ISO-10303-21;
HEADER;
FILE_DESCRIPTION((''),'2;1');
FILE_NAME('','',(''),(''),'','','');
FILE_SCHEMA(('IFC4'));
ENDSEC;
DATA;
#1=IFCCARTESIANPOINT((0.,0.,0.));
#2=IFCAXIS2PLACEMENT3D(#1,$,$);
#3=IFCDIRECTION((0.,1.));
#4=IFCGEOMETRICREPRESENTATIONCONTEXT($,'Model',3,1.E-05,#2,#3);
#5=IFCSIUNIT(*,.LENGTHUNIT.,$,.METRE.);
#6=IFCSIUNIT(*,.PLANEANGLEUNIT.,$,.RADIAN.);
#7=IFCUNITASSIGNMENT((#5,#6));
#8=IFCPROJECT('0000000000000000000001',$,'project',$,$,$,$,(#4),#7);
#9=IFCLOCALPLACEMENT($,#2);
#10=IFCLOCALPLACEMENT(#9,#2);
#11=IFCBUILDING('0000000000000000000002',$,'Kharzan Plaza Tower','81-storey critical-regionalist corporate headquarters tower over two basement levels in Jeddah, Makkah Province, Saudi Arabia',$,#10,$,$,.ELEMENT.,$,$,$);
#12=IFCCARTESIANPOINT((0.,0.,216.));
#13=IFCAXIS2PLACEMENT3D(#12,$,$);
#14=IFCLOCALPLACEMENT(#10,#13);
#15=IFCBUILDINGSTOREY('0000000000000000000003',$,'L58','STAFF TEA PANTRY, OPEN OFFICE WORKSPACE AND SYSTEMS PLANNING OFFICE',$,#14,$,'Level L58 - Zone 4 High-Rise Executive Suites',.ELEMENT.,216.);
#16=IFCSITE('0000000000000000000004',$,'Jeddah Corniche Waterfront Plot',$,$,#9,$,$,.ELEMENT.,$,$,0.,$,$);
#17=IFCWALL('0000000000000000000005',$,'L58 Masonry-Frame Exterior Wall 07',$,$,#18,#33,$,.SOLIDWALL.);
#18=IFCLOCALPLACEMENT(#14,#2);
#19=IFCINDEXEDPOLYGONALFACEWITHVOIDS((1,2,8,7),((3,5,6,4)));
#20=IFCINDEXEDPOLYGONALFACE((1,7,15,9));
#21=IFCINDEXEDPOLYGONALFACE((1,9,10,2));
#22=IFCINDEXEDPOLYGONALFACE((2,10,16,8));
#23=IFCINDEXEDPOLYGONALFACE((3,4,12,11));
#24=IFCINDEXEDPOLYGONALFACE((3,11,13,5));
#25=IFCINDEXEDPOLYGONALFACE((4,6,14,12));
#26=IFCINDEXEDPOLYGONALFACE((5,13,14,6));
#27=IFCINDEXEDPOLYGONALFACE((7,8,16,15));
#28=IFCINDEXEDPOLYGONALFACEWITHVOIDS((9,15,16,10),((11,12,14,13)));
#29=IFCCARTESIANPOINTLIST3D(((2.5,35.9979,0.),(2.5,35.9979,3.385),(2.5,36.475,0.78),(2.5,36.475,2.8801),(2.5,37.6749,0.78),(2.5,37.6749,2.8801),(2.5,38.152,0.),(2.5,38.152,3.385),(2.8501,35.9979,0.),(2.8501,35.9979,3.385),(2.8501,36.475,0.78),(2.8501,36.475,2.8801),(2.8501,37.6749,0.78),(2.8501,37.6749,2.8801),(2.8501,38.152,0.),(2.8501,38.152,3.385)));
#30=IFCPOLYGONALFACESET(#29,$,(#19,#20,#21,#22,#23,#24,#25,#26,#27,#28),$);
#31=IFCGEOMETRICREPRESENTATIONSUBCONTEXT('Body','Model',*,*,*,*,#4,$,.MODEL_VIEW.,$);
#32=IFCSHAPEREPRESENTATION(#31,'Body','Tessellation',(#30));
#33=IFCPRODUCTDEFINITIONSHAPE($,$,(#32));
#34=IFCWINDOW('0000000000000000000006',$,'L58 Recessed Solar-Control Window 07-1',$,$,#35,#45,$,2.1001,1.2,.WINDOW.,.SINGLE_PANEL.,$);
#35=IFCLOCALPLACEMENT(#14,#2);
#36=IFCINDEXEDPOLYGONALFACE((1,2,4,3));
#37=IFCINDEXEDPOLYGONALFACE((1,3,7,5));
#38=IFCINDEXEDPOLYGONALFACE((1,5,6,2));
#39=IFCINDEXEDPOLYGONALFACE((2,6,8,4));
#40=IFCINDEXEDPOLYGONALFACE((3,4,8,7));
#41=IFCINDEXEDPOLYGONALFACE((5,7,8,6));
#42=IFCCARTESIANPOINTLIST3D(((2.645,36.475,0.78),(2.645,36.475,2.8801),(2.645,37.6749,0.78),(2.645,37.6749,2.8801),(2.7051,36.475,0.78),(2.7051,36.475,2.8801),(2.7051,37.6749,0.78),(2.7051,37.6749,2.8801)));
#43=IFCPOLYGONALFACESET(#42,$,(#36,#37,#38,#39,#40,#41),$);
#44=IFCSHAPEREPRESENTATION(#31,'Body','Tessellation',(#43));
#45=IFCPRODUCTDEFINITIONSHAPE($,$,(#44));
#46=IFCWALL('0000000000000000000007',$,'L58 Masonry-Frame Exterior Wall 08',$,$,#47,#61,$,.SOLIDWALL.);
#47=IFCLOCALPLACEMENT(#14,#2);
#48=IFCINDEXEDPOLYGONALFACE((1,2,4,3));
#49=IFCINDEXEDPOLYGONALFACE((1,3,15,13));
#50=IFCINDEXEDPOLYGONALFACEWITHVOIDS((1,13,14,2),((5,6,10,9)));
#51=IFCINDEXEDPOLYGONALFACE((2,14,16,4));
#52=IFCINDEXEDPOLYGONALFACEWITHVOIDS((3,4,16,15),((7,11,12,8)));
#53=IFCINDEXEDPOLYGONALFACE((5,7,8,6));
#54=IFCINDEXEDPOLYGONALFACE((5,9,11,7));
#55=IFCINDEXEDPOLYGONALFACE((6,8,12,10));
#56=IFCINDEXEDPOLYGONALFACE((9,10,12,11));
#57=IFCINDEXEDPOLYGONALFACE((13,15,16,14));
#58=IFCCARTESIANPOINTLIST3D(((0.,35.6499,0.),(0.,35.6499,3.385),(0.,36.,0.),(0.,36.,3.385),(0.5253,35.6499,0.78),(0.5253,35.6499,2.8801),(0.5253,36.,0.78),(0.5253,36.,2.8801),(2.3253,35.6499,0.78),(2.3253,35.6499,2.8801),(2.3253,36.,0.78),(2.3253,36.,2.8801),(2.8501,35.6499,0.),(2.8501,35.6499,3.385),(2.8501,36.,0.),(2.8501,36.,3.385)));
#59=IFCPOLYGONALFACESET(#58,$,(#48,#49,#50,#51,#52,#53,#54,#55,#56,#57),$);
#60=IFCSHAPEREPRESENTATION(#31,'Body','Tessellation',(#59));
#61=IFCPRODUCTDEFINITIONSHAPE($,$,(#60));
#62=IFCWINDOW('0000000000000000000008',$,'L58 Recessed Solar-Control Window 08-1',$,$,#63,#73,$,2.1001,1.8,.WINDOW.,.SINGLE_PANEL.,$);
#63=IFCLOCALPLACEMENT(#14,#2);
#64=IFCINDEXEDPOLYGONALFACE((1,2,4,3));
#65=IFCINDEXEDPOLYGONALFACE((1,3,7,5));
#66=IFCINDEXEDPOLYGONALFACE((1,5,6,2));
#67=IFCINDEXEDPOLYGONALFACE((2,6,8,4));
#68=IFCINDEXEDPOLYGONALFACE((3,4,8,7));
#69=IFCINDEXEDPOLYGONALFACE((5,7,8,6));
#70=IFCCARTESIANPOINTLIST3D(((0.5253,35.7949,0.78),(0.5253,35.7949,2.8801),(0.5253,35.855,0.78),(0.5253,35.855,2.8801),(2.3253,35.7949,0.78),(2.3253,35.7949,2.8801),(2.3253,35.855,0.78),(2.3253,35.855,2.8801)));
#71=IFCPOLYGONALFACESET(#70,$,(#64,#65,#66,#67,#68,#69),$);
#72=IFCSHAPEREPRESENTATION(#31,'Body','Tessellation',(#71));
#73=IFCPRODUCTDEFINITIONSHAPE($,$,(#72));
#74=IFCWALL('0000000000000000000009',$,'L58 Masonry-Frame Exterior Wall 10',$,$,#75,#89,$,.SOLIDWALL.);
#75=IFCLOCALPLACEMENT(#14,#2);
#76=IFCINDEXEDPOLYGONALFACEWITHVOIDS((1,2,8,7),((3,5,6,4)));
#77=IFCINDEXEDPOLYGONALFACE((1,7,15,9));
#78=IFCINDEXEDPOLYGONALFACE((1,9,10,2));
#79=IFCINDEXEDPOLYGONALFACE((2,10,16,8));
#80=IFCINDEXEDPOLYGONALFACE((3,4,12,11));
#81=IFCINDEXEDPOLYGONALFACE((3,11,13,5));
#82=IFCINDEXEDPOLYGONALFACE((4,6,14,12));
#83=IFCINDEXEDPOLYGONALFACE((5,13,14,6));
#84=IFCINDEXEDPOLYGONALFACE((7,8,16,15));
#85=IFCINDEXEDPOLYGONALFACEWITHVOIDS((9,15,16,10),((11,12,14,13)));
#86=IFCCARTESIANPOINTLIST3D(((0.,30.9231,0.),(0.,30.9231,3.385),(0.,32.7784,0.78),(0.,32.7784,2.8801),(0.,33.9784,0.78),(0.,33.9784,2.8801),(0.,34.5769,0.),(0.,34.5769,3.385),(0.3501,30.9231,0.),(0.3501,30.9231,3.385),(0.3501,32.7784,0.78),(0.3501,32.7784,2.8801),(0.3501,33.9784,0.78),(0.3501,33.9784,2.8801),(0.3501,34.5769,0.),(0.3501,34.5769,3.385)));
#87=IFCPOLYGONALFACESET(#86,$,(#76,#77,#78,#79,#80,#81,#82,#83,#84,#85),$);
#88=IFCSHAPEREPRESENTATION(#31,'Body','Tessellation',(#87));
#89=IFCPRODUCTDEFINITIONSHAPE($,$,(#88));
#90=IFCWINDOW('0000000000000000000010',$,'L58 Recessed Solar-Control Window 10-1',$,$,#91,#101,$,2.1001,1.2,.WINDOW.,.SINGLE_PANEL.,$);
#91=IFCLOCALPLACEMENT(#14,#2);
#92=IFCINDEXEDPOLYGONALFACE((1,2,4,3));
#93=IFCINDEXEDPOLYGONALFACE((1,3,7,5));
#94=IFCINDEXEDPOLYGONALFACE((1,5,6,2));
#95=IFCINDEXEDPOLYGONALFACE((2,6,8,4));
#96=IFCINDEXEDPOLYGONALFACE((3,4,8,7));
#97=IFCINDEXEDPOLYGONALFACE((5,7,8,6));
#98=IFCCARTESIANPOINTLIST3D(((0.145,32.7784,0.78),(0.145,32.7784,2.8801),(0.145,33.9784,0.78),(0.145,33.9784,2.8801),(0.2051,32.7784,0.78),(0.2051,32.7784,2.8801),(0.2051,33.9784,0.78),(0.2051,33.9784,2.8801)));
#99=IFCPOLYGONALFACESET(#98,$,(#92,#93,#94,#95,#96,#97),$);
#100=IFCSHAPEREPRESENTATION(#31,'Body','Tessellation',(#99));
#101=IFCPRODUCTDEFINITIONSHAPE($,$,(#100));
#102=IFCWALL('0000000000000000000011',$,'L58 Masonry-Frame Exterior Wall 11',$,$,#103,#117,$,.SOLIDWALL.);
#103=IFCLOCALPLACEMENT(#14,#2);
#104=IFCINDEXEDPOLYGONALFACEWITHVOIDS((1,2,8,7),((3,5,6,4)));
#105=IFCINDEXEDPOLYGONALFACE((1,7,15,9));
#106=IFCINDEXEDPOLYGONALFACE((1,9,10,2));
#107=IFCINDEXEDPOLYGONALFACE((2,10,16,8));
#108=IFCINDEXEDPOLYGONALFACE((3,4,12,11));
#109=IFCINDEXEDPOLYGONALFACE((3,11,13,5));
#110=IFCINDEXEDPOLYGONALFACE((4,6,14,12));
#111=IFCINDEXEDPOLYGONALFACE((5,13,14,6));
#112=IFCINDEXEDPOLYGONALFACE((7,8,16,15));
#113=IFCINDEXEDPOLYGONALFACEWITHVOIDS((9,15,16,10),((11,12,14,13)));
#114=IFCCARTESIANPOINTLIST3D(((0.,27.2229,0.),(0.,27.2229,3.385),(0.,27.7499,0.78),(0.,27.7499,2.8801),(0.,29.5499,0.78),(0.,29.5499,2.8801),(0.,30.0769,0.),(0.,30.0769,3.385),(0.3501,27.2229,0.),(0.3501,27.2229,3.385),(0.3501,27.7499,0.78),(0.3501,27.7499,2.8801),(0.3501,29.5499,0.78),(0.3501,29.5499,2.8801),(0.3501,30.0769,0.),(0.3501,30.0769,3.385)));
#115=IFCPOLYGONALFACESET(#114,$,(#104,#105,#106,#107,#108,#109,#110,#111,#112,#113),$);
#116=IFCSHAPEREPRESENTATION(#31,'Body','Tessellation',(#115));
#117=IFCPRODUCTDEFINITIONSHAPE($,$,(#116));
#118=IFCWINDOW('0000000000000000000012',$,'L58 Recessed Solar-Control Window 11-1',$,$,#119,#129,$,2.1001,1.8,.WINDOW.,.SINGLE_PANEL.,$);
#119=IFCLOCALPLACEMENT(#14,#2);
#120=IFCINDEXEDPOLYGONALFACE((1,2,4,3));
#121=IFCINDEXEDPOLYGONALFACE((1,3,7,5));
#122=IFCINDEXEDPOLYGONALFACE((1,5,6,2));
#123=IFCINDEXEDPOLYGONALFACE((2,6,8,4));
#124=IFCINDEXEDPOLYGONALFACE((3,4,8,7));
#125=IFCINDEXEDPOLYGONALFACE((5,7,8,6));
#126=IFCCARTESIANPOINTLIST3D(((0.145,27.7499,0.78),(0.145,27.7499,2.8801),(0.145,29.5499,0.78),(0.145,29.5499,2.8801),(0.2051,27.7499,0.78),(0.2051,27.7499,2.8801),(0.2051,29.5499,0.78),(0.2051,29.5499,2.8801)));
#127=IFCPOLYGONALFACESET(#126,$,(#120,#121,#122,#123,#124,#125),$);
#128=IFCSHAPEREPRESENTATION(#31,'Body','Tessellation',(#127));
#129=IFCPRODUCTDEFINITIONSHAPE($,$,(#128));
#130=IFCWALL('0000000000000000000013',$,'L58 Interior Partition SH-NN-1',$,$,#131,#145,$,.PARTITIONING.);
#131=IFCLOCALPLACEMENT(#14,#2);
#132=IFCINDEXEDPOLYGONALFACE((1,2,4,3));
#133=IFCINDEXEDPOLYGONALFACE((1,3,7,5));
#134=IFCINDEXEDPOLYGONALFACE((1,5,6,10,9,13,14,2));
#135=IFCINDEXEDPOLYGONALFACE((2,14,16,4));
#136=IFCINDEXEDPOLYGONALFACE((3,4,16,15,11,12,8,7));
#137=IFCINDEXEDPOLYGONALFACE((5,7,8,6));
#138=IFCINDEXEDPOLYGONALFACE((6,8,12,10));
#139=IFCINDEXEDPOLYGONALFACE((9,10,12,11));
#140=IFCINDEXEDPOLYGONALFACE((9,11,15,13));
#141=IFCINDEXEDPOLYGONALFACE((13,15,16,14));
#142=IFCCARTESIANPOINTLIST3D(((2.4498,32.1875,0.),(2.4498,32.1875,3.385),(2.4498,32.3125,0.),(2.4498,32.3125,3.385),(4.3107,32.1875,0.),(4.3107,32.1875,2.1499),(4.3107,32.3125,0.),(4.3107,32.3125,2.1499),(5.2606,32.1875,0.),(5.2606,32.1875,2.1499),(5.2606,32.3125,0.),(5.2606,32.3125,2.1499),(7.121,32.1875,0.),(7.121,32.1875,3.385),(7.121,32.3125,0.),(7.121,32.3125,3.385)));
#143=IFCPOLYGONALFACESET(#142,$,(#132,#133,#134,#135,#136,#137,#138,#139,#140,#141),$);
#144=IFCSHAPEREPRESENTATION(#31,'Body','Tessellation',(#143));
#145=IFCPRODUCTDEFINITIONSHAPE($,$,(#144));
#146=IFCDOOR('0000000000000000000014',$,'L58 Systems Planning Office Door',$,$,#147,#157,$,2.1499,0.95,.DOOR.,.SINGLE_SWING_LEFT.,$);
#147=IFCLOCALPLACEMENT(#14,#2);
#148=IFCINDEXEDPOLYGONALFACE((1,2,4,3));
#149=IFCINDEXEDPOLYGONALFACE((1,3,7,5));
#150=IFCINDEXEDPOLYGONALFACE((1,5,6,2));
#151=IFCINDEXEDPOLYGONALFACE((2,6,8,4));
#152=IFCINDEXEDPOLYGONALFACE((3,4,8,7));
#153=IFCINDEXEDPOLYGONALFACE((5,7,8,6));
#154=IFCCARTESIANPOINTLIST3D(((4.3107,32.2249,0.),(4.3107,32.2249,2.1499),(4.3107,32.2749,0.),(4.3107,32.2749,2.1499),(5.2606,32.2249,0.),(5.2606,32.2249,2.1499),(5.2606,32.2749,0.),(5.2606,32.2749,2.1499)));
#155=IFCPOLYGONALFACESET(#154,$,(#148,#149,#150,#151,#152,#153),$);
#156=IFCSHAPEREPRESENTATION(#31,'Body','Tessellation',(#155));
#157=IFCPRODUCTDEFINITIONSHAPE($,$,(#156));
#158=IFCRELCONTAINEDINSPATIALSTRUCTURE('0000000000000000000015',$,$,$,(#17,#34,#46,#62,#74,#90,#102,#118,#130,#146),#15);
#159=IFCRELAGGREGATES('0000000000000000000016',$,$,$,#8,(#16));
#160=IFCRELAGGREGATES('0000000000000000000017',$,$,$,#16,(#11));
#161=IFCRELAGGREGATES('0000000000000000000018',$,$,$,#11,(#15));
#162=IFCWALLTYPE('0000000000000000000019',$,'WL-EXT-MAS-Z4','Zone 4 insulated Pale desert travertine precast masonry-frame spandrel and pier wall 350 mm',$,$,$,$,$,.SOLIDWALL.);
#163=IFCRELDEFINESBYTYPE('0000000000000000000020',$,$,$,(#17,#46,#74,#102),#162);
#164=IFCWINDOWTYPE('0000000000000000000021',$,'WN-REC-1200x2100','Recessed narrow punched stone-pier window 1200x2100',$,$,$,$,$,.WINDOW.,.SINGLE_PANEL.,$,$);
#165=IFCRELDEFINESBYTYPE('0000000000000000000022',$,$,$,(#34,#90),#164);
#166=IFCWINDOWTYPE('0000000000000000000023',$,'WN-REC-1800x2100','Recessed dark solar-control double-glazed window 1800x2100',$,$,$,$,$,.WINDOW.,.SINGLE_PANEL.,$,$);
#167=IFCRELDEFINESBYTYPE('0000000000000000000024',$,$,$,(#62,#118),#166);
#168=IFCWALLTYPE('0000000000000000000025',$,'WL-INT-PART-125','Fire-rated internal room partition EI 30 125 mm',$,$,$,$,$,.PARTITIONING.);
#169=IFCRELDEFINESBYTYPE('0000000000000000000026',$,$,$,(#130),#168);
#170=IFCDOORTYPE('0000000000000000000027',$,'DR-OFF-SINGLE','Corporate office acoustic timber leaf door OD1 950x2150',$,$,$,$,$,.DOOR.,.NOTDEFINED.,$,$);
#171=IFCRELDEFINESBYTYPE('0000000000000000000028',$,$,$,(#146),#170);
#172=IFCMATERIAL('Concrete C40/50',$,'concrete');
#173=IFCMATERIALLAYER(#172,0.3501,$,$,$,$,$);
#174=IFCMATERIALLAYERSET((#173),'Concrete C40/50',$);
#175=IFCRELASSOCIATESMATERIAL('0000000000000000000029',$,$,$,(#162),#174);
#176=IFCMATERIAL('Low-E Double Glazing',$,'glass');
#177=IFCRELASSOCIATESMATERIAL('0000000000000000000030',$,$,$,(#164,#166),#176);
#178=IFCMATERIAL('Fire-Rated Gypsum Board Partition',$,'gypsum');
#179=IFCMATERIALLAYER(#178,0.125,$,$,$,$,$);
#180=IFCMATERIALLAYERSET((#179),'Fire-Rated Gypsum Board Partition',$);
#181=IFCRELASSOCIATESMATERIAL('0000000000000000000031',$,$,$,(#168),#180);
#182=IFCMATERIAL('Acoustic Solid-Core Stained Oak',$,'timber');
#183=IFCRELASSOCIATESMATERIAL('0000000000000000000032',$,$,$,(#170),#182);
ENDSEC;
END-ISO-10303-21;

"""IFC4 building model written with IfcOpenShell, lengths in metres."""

from ifc_helpers import new_model, si_unit, direction, frame, frame_2d, origin, place, context, subcontext, project, spatial, rectangle, extrude, source, transform, mapped, material, layer, layer_set, type_object, element, fill, save


model = new_model("IFC4")

# Units and contexts
model_context = context("Model", 3, precision=1e-05, world=origin(), true_north=direction((0.0, 1.0)))
body_context = subcontext(model_context, "Body", "Model", "MODEL_VIEW")
ifc_project = project(units=[si_unit("LENGTHUNIT", "METRE"), si_unit("PLANEANGLEUNIT", "RADIAN")], contexts=[model_context])

# Site, building, storey
site_placement = place(None, origin())
site = spatial("IfcSite", under=ifc_project, at=site_placement, Name="Jeddah Corniche Waterfront Plot", CompositionType="ELEMENT", RefElevation=0.0)
building_placement = place(site_placement, origin())
building = spatial("IfcBuilding", under=site, at=building_placement, Name="Kharzan Plaza Tower", Description="81-storey critical-regionalist corporate headquarters tower over two basement levels in Jeddah, Makkah Province, Saudi Arabia", CompositionType="ELEMENT")
storey_placement = place(building_placement, frame((0.0, 0.0, 216.0)))
storey = spatial("IfcBuildingStorey", under=building, at=storey_placement, Name="L58", Description="STAFF TEA PANTRY, OPEN OFFICE WORKSPACE AND SYSTEMS PLANNING OFFICE", LongName="Level L58 - Zone 4 High-Rise Executive Suites", CompositionType="ELEMENT", Elevation=216.0)

# Walls, openings, windows
ifc_material_1 = material(Name="Concrete C40/50", Category="concrete")
ifc_layer_1 = layer(ifc_material_1, 0.3501)
ifc_layer_set_1 = layer_set([ifc_layer_1], Name="Concrete C40/50")
wall_type_1 = type_object("IfcWallType", Name="WL-EXT-MAS-Z4", Description="Zone 4 insulated Pale desert travertine precast masonry-frame spandrel and pier wall 350 mm", PredefinedType="SOLIDWALL", material=ifc_layer_set_1)
wall_1_placement = place(storey_placement, frame((2.675, 38.1521, 0.0), z_axis=(0.0, 0.0, 1.0), x_axis=(0.0, -1.0, 0.0)))
wall_1 = element("IfcWall", 1, at=wall_1_placement, inside=storey, type_object=wall_type_1, Name="L58 Masonry-Frame Exterior Wall 07", PredefinedType="SOLIDWALL", context=body_context, shape_type="SweptSolid", body=[
    extrude(rectangle(XDim=2.1541, YDim=0.3501, at=frame_2d((1.0771, 0.0))), origin(), (0.0, 0.0, 1.0), 3.385),
])
opening_1_placement = place(wall_1_placement, frame((0.4771, 0.0, 0.78)))
opening_1 = element("IfcOpeningElement", 2, at=opening_1_placement, cuts=wall_1, PredefinedType="OPENING", context=body_context, shape_type="SweptSolid", body=[
    extrude(rectangle(XDim=1.2, YDim=2.1001, at=frame_2d((0.6001, 1.05))), frame((0.0, 0.1851, 0.0), z_axis=(0.0, -1.0, 0.0), x_axis=(1.0, 0.0, 0.0)), (0.0, 0.0, 1.0), 0.3701),
])
ifc_material_2 = material(Name="Low-E Double Glazing", Category="glass")
window_type_1 = type_object("IfcWindowType", Name="WN-REC-1200x2100", Description="Recessed narrow punched stone-pier window 1200x2100", PartitioningType="SINGLE_PANEL", PredefinedType="WINDOW", material=ifc_material_2)
shared_shape_1 = source(origin(), body_context, "Body", "SweptSolid", [
    extrude(rectangle(XDim=1.2, YDim=2.1001, at=frame_2d((0.6001, 1.05))), frame((0.0, 0.03, 0.0), z_axis=(0.0, -1.0, 0.0), x_axis=(1.0, 0.0, 0.0)), (0.0, 0.0, 1.0), 0.0601),
])
window_1_placement = place(opening_1_placement, origin())
window_1 = element("IfcWindow", 3, at=window_1_placement, inside=storey, type_object=window_type_1, Name="L58 Recessed Solar-Control Window 07-1", OverallHeight=2.1001, OverallWidth=1.2, PartitioningType="SINGLE_PANEL", PredefinedType="WINDOW", context=body_context, shape_type="MappedRepresentation", body=[
    mapped(shared_shape_1, transform((0.0, 0.0, 0.0), x_axis=(1.0, 0.0, 0.0), y_axis=(0.0, 1.0, 0.0), z_axis=(0.0, 0.0, 1.0))),
])
fill(opening_1, window_1)
wall_2_placement = place(storey_placement, frame((2.8501, 35.825, 0.0), z_axis=(0.0, 0.0, 1.0), x_axis=(-1.0, 0.0, 0.0)))
wall_2 = element("IfcWall", 4, at=wall_2_placement, inside=storey, type_object=wall_type_1, Name="L58 Masonry-Frame Exterior Wall 08", PredefinedType="SOLIDWALL", context=body_context, shape_type="SweptSolid", body=[
    extrude(rectangle(XDim=2.8501, YDim=0.3501, at=frame_2d((1.425, 0.0))), origin(), (0.0, 0.0, 1.0), 3.385),
])
opening_2_placement = place(wall_2_placement, frame((0.5249, 0.0, 0.78)))
opening_2 = element("IfcOpeningElement", 5, at=opening_2_placement, cuts=wall_2, PredefinedType="OPENING", context=body_context, shape_type="SweptSolid", body=[
    extrude(rectangle(XDim=1.8, YDim=2.1001, at=frame_2d((0.8999, 1.05))), frame((0.0, 0.1851, 0.0), z_axis=(0.0, -1.0, 0.0), x_axis=(1.0, 0.0, 0.0)), (0.0, 0.0, 1.0), 0.3701),
])
window_type_2 = type_object("IfcWindowType", Name="WN-REC-1800x2100", Description="Recessed dark solar-control double-glazed window 1800x2100", PartitioningType="SINGLE_PANEL", PredefinedType="WINDOW", material=ifc_material_2)
shared_shape_2 = source(origin(), body_context, "Body", "SweptSolid", [
    extrude(rectangle(XDim=1.8, YDim=2.1001, at=frame_2d((0.8999, 1.05))), frame((0.0, 0.03, 0.0), z_axis=(0.0, -1.0, 0.0), x_axis=(1.0, 0.0, 0.0)), (0.0, 0.0, 1.0), 0.0601),
])
window_2_placement = place(opening_2_placement, origin())
window_2 = element("IfcWindow", 6, at=window_2_placement, inside=storey, type_object=window_type_2, Name="L58 Recessed Solar-Control Window 08-1", OverallHeight=2.1001, OverallWidth=1.8, PartitioningType="SINGLE_PANEL", PredefinedType="WINDOW", context=body_context, shape_type="MappedRepresentation", body=[
    mapped(shared_shape_2, transform((0.0, 0.0, 0.0), x_axis=(1.0, 0.0, 0.0), y_axis=(0.0, 1.0, 0.0), z_axis=(0.0, 0.0, 1.0))),
])
fill(opening_2, window_2)
wall_3_placement = place(storey_placement, frame((0.175, 34.5769, 0.0), z_axis=(0.0, 0.0, 1.0), x_axis=(0.0, -1.0, 0.0)))
wall_3 = element("IfcWall", 7, at=wall_3_placement, inside=storey, type_object=wall_type_1, Name="L58 Masonry-Frame Exterior Wall 10", PredefinedType="SOLIDWALL", context=body_context, shape_type="SweptSolid", body=[
    extrude(rectangle(XDim=3.6538, YDim=0.3501, at=frame_2d((1.8269, 0.0))), origin(), (0.0, 0.0, 1.0), 3.385),
])
opening_3_placement = place(wall_3_placement, frame((0.5984, 0.0, 0.78)))
opening_3 = element("IfcOpeningElement", 8, at=opening_3_placement, cuts=wall_3, PredefinedType="OPENING", context=body_context, shape_type="SweptSolid", body=[
    extrude(rectangle(XDim=1.2, YDim=2.1001, at=frame_2d((0.6001, 1.05))), frame((0.0, 0.1851, 0.0), z_axis=(0.0, -1.0, 0.0), x_axis=(1.0, 0.0, 0.0)), (0.0, 0.0, 1.0), 0.3701),
])
window_3_placement = place(opening_3_placement, origin())
window_3 = element("IfcWindow", 9, at=window_3_placement, inside=storey, type_object=window_type_1, Name="L58 Recessed Solar-Control Window 10-1", OverallHeight=2.1001, OverallWidth=1.2, PartitioningType="SINGLE_PANEL", PredefinedType="WINDOW", context=body_context, shape_type="MappedRepresentation", body=[
    mapped(shared_shape_1, transform((0.0, 0.0, 0.0), x_axis=(1.0, 0.0, 0.0), y_axis=(0.0, 1.0, 0.0), z_axis=(0.0, 0.0, 1.0))),
])
fill(opening_3, window_3)
wall_4_placement = place(storey_placement, frame((0.175, 30.0769, 0.0), z_axis=(0.0, 0.0, 1.0), x_axis=(0.0, -1.0, 0.0)))
wall_4 = element("IfcWall", 10, at=wall_4_placement, inside=storey, type_object=wall_type_1, Name="L58 Masonry-Frame Exterior Wall 11", PredefinedType="SOLIDWALL", context=body_context, shape_type="SweptSolid", body=[
    extrude(rectangle(XDim=2.854, YDim=0.3501, at=frame_2d((1.427, 0.0))), origin(), (0.0, 0.0, 1.0), 3.385),
])
opening_4_placement = place(wall_4_placement, frame((0.5271, 0.0, 0.78)))
opening_4 = element("IfcOpeningElement", 11, at=opening_4_placement, cuts=wall_4, PredefinedType="OPENING", context=body_context, shape_type="SweptSolid", body=[
    extrude(rectangle(XDim=1.8, YDim=2.1001, at=frame_2d((0.8999, 1.05))), frame((0.0, 0.1851, 0.0), z_axis=(0.0, -1.0, 0.0), x_axis=(1.0, 0.0, 0.0)), (0.0, 0.0, 1.0), 0.3701),
])
window_4_placement = place(opening_4_placement, origin())
window_4 = element("IfcWindow", 12, at=window_4_placement, inside=storey, type_object=window_type_2, Name="L58 Recessed Solar-Control Window 11-1", OverallHeight=2.1001, OverallWidth=1.8, PartitioningType="SINGLE_PANEL", PredefinedType="WINDOW", context=body_context, shape_type="MappedRepresentation", body=[
    mapped(shared_shape_2, transform((0.0, 0.0, 0.0), x_axis=(1.0, 0.0, 0.0), y_axis=(0.0, 1.0, 0.0), z_axis=(0.0, 0.0, 1.0))),
])
fill(opening_4, window_4)

# Wall, opening, door
ifc_material_3 = material(Name="Fire-Rated Gypsum Board Partition", Category="gypsum")
ifc_layer_2 = layer(ifc_material_3, 0.125)
ifc_layer_set_2 = layer_set([ifc_layer_2], Name="Fire-Rated Gypsum Board Partition")
wall_type_2 = type_object("IfcWallType", Name="WL-INT-PART-125", Description="Fire-rated internal room partition EI 30 125 mm", PredefinedType="PARTITIONING", material=ifc_layer_set_2)
wall_5_placement = place(storey_placement, frame((2.45, 32.25, 0.0), z_axis=(0.0, 0.0, 1.0), x_axis=(1.0, 0.0, 0.0)))
wall_5 = element("IfcWall", 13, at=wall_5_placement, inside=storey, type_object=wall_type_2, Name="L58 Interior Partition SH-NN-1", PredefinedType="PARTITIONING", context=body_context, shape_type="SweptSolid", body=[
    extrude(rectangle(XDim=4.6711, YDim=0.125, at=frame_2d((2.3354, 0.0))), origin(), (0.0, 0.0, 1.0), 3.385),
])
opening_5_placement = place(wall_5_placement, frame((1.8606, 0.0, 0.0)))
opening_5 = element("IfcOpeningElement", 14, at=opening_5_placement, cuts=wall_5, PredefinedType="OPENING", context=body_context, shape_type="SweptSolid", body=[
    extrude(rectangle(XDim=0.95, YDim=2.1499, at=frame_2d((0.4751, 1.075))), frame((0.0, 0.0725, 0.0), z_axis=(0.0, -1.0, 0.0), x_axis=(1.0, 0.0, 0.0)), (0.0, 0.0, 1.0), 0.145),
])
ifc_material_4 = material(Name="Acoustic Solid-Core Stained Oak", Category="timber")
door_type = type_object("IfcDoorType", Name="DR-OFF-SINGLE", Description="Corporate office acoustic timber leaf door OD1 950x2150", OperationType="NOTDEFINED", PredefinedType="DOOR", material=ifc_material_4)
shared_shape_3 = source(origin(), body_context, "Body", "SweptSolid", [
    extrude(rectangle(XDim=0.95, YDim=2.1499, at=frame_2d((0.4751, 1.075))), frame((0.0, 0.0249, 0.0), z_axis=(0.0, -1.0, 0.0), x_axis=(1.0, 0.0, 0.0)), (0.0, 0.0, 1.0), 0.05),
])
door_placement = place(opening_5_placement, origin())
door = element("IfcDoor", 15, at=door_placement, inside=storey, type_object=door_type, Name="L58 Systems Planning Office Door", OperationType="SINGLE_SWING_LEFT", OverallHeight=2.1499, OverallWidth=0.95, PredefinedType="DOOR", context=body_context, shape_type="MappedRepresentation", body=[
    mapped(shared_shape_3, transform((0.0, 0.0, 0.0), x_axis=(1.0, 0.0, 0.0), y_axis=(0.0, 1.0, 0.0), z_axis=(0.0, 0.0, 1.0))),
])
fill(opening_5, door)

save(model, "model.ifc")
